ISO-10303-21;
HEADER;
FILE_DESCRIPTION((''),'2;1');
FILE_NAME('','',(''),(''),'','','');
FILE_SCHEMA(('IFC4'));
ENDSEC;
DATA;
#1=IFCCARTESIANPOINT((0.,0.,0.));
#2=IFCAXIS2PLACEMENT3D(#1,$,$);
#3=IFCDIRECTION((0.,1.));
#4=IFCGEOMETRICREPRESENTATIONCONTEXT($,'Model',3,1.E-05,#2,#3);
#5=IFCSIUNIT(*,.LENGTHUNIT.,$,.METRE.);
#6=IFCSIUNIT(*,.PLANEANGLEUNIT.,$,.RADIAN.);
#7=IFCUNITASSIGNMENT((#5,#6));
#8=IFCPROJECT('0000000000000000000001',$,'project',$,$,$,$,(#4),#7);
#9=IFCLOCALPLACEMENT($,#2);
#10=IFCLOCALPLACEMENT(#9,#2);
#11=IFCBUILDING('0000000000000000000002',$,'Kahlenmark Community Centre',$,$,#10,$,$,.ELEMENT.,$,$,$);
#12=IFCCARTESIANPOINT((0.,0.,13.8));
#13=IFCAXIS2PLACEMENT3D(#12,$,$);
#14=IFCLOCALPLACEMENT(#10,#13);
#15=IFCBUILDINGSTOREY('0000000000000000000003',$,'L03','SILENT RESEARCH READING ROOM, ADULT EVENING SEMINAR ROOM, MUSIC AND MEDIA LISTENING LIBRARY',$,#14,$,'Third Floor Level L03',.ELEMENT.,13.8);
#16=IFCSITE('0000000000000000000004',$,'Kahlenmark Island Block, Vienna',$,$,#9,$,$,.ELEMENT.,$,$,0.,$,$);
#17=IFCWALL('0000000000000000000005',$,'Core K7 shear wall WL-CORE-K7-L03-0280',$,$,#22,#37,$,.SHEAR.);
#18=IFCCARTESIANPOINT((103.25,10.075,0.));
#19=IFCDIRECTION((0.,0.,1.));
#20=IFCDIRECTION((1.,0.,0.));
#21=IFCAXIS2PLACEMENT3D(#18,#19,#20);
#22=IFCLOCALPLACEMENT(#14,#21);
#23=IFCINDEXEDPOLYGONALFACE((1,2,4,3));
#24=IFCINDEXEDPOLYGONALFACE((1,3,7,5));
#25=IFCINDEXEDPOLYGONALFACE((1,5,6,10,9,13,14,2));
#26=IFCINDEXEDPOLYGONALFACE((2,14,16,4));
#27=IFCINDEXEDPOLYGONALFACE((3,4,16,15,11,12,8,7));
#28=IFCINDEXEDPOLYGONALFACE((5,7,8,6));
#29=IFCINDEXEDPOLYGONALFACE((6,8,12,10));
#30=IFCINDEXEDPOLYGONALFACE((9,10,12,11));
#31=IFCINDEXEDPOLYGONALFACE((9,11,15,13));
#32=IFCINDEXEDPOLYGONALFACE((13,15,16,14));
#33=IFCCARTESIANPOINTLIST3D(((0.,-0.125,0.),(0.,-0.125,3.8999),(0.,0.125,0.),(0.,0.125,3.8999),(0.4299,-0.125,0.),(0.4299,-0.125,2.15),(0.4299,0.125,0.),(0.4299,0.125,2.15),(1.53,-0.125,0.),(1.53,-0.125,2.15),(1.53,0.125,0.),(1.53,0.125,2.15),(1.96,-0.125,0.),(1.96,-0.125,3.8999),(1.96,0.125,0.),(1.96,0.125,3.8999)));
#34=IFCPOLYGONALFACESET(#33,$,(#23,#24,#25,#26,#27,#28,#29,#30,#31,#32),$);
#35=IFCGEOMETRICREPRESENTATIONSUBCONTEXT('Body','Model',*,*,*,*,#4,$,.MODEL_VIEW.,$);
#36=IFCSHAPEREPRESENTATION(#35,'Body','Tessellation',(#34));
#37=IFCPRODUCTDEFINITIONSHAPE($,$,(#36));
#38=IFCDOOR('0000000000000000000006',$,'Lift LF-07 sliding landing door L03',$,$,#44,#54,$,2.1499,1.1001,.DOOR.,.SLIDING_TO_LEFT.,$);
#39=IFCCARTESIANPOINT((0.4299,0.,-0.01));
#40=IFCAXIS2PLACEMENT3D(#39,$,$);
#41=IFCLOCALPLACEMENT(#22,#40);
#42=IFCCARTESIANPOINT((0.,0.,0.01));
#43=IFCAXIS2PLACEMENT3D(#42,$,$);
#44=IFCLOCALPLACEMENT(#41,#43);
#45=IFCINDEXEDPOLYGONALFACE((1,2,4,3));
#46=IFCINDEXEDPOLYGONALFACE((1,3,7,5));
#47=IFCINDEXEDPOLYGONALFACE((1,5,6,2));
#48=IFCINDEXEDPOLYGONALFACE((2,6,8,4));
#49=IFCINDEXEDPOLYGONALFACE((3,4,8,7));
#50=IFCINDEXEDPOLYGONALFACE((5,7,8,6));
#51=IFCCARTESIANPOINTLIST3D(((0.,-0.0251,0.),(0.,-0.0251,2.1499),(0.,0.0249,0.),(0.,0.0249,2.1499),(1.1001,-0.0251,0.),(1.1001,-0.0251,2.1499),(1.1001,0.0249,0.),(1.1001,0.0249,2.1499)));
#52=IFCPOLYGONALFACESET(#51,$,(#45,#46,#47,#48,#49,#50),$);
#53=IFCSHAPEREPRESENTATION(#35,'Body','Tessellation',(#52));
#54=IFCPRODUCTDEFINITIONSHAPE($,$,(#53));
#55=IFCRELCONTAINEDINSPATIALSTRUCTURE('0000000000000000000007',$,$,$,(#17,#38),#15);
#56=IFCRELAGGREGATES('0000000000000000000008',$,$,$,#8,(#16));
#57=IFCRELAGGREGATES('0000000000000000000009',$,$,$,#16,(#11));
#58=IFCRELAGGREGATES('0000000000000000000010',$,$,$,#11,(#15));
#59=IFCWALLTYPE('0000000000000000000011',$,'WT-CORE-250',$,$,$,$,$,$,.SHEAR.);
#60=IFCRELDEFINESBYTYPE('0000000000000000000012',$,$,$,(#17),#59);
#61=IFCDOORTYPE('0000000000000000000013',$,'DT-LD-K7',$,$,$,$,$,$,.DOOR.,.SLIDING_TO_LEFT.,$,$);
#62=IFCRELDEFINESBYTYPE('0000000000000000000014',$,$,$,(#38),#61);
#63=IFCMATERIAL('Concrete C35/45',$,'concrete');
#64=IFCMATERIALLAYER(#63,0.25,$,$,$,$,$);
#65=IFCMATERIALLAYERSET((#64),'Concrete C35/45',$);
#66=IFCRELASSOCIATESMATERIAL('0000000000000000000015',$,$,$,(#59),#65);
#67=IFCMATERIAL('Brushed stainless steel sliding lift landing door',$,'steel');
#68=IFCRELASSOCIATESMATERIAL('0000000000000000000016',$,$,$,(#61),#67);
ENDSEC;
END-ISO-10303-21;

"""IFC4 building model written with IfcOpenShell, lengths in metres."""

from ifc_helpers import new_model, si_unit, direction, frame, frame_2d, origin, place, context, subcontext, project, spatial, rectangle, extrude, material, layer, layer_set, type_object, element, fill, save


model = new_model("IFC4")

# Units and contexts
model_context = context("Model", 3, precision=1e-05, world=origin(), true_north=direction((0.0, 1.0)))
body_context = subcontext(model_context, "Body", "Model", "MODEL_VIEW")
ifc_project = project(units=[si_unit("LENGTHUNIT", "METRE"), si_unit("PLANEANGLEUNIT", "RADIAN")], contexts=[model_context])

# Site, building, storey
site_placement = place(None, origin())
site = spatial("IfcSite", under=ifc_project, at=site_placement, Name="Kahlenmark Island Block, Vienna", CompositionType="ELEMENT", RefElevation=0.0)
building_placement = place(site_placement, origin())
building = spatial("IfcBuilding", under=site, at=building_placement, Name="Kahlenmark Community Centre", CompositionType="ELEMENT")
storey_placement = place(building_placement, frame((0.0, 0.0, 13.8)))
storey = spatial("IfcBuildingStorey", under=building, at=storey_placement, Name="L03", Description="SILENT RESEARCH READING ROOM, ADULT EVENING SEMINAR ROOM, MUSIC AND MEDIA LISTENING LIBRARY", LongName="Third Floor Level L03", CompositionType="ELEMENT", Elevation=13.8)

# Shared definitions
ifc_material_1 = material(Name="Concrete C35/45", Category="concrete")
ifc_layer_1 = layer(ifc_material_1, 0.25)
ifc_layer_set_1 = layer_set([ifc_layer_1], Name="Concrete C35/45")
wall_type_1 = type_object("IfcWallType", Name="WT-CORE-250", PredefinedType="SHEAR", material=ifc_layer_set_1)

# Wall, opening, door
wall_1_placement = place(storey_placement, frame((103.25, 10.075, 0.0), z_axis=(0.0, 0.0, 1.0), x_axis=(1.0, 0.0, 0.0)))
wall_1 = element("IfcWall", 1, at=wall_1_placement, inside=storey, type_object=wall_type_1, Name="Core K7 shear wall WL-CORE-K7-L03-0280", PredefinedType="SHEAR", context=body_context, shape_type="SweptSolid", body=[
    extrude(rectangle(XDim=1.96, YDim=0.25, at=frame_2d((0.98, 0.0))), origin(), (0.0, 0.0, 1.0), 3.8999),
])
opening_1_placement = place(wall_1_placement, frame((0.4299, 0.0, -0.01)))
opening_1 = element("IfcOpeningElement", 2, at=opening_1_placement, cuts=wall_1, PredefinedType="OPENING", context=body_context, shape_type="SweptSolid", body=[
    extrude(rectangle(XDim=1.1001, YDim=2.1599, at=frame_2d((0.55, 1.0801))), frame((0.0, 0.135, 0.0), z_axis=(0.0, -1.0, 0.0), x_axis=(1.0, 0.0, 0.0)), (0.0, 0.0, 1.0), 0.27),
])
ifc_material_2 = material(Name="Brushed stainless steel sliding lift landing door", Category="steel")
door_type = type_object("IfcDoorType", Name="DT-LD-K7", OperationType="SLIDING_TO_LEFT", PredefinedType="DOOR", material=ifc_material_2)
door_placement = place(opening_1_placement, frame((0.0, 0.0, 0.01)))
door = element("IfcDoor", 3, at=door_placement, inside=storey, type_object=door_type, Name="Lift LF-07 sliding landing door L03", OperationType="SLIDING_TO_LEFT", OverallHeight=2.1499, OverallWidth=1.1001, PredefinedType="DOOR", context=body_context, shape_type="SweptSolid", body=[
    extrude(rectangle(XDim=1.1001, YDim=2.1499, at=frame_2d((0.55, 1.075))), frame((0.0, 0.0249, 0.0), z_axis=(0.0, -1.0, 0.0), x_axis=(1.0, 0.0, 0.0)), (0.0, 0.0, 1.0), 0.05),
])
fill(opening_1, door)

save(model, "model.ifc")
